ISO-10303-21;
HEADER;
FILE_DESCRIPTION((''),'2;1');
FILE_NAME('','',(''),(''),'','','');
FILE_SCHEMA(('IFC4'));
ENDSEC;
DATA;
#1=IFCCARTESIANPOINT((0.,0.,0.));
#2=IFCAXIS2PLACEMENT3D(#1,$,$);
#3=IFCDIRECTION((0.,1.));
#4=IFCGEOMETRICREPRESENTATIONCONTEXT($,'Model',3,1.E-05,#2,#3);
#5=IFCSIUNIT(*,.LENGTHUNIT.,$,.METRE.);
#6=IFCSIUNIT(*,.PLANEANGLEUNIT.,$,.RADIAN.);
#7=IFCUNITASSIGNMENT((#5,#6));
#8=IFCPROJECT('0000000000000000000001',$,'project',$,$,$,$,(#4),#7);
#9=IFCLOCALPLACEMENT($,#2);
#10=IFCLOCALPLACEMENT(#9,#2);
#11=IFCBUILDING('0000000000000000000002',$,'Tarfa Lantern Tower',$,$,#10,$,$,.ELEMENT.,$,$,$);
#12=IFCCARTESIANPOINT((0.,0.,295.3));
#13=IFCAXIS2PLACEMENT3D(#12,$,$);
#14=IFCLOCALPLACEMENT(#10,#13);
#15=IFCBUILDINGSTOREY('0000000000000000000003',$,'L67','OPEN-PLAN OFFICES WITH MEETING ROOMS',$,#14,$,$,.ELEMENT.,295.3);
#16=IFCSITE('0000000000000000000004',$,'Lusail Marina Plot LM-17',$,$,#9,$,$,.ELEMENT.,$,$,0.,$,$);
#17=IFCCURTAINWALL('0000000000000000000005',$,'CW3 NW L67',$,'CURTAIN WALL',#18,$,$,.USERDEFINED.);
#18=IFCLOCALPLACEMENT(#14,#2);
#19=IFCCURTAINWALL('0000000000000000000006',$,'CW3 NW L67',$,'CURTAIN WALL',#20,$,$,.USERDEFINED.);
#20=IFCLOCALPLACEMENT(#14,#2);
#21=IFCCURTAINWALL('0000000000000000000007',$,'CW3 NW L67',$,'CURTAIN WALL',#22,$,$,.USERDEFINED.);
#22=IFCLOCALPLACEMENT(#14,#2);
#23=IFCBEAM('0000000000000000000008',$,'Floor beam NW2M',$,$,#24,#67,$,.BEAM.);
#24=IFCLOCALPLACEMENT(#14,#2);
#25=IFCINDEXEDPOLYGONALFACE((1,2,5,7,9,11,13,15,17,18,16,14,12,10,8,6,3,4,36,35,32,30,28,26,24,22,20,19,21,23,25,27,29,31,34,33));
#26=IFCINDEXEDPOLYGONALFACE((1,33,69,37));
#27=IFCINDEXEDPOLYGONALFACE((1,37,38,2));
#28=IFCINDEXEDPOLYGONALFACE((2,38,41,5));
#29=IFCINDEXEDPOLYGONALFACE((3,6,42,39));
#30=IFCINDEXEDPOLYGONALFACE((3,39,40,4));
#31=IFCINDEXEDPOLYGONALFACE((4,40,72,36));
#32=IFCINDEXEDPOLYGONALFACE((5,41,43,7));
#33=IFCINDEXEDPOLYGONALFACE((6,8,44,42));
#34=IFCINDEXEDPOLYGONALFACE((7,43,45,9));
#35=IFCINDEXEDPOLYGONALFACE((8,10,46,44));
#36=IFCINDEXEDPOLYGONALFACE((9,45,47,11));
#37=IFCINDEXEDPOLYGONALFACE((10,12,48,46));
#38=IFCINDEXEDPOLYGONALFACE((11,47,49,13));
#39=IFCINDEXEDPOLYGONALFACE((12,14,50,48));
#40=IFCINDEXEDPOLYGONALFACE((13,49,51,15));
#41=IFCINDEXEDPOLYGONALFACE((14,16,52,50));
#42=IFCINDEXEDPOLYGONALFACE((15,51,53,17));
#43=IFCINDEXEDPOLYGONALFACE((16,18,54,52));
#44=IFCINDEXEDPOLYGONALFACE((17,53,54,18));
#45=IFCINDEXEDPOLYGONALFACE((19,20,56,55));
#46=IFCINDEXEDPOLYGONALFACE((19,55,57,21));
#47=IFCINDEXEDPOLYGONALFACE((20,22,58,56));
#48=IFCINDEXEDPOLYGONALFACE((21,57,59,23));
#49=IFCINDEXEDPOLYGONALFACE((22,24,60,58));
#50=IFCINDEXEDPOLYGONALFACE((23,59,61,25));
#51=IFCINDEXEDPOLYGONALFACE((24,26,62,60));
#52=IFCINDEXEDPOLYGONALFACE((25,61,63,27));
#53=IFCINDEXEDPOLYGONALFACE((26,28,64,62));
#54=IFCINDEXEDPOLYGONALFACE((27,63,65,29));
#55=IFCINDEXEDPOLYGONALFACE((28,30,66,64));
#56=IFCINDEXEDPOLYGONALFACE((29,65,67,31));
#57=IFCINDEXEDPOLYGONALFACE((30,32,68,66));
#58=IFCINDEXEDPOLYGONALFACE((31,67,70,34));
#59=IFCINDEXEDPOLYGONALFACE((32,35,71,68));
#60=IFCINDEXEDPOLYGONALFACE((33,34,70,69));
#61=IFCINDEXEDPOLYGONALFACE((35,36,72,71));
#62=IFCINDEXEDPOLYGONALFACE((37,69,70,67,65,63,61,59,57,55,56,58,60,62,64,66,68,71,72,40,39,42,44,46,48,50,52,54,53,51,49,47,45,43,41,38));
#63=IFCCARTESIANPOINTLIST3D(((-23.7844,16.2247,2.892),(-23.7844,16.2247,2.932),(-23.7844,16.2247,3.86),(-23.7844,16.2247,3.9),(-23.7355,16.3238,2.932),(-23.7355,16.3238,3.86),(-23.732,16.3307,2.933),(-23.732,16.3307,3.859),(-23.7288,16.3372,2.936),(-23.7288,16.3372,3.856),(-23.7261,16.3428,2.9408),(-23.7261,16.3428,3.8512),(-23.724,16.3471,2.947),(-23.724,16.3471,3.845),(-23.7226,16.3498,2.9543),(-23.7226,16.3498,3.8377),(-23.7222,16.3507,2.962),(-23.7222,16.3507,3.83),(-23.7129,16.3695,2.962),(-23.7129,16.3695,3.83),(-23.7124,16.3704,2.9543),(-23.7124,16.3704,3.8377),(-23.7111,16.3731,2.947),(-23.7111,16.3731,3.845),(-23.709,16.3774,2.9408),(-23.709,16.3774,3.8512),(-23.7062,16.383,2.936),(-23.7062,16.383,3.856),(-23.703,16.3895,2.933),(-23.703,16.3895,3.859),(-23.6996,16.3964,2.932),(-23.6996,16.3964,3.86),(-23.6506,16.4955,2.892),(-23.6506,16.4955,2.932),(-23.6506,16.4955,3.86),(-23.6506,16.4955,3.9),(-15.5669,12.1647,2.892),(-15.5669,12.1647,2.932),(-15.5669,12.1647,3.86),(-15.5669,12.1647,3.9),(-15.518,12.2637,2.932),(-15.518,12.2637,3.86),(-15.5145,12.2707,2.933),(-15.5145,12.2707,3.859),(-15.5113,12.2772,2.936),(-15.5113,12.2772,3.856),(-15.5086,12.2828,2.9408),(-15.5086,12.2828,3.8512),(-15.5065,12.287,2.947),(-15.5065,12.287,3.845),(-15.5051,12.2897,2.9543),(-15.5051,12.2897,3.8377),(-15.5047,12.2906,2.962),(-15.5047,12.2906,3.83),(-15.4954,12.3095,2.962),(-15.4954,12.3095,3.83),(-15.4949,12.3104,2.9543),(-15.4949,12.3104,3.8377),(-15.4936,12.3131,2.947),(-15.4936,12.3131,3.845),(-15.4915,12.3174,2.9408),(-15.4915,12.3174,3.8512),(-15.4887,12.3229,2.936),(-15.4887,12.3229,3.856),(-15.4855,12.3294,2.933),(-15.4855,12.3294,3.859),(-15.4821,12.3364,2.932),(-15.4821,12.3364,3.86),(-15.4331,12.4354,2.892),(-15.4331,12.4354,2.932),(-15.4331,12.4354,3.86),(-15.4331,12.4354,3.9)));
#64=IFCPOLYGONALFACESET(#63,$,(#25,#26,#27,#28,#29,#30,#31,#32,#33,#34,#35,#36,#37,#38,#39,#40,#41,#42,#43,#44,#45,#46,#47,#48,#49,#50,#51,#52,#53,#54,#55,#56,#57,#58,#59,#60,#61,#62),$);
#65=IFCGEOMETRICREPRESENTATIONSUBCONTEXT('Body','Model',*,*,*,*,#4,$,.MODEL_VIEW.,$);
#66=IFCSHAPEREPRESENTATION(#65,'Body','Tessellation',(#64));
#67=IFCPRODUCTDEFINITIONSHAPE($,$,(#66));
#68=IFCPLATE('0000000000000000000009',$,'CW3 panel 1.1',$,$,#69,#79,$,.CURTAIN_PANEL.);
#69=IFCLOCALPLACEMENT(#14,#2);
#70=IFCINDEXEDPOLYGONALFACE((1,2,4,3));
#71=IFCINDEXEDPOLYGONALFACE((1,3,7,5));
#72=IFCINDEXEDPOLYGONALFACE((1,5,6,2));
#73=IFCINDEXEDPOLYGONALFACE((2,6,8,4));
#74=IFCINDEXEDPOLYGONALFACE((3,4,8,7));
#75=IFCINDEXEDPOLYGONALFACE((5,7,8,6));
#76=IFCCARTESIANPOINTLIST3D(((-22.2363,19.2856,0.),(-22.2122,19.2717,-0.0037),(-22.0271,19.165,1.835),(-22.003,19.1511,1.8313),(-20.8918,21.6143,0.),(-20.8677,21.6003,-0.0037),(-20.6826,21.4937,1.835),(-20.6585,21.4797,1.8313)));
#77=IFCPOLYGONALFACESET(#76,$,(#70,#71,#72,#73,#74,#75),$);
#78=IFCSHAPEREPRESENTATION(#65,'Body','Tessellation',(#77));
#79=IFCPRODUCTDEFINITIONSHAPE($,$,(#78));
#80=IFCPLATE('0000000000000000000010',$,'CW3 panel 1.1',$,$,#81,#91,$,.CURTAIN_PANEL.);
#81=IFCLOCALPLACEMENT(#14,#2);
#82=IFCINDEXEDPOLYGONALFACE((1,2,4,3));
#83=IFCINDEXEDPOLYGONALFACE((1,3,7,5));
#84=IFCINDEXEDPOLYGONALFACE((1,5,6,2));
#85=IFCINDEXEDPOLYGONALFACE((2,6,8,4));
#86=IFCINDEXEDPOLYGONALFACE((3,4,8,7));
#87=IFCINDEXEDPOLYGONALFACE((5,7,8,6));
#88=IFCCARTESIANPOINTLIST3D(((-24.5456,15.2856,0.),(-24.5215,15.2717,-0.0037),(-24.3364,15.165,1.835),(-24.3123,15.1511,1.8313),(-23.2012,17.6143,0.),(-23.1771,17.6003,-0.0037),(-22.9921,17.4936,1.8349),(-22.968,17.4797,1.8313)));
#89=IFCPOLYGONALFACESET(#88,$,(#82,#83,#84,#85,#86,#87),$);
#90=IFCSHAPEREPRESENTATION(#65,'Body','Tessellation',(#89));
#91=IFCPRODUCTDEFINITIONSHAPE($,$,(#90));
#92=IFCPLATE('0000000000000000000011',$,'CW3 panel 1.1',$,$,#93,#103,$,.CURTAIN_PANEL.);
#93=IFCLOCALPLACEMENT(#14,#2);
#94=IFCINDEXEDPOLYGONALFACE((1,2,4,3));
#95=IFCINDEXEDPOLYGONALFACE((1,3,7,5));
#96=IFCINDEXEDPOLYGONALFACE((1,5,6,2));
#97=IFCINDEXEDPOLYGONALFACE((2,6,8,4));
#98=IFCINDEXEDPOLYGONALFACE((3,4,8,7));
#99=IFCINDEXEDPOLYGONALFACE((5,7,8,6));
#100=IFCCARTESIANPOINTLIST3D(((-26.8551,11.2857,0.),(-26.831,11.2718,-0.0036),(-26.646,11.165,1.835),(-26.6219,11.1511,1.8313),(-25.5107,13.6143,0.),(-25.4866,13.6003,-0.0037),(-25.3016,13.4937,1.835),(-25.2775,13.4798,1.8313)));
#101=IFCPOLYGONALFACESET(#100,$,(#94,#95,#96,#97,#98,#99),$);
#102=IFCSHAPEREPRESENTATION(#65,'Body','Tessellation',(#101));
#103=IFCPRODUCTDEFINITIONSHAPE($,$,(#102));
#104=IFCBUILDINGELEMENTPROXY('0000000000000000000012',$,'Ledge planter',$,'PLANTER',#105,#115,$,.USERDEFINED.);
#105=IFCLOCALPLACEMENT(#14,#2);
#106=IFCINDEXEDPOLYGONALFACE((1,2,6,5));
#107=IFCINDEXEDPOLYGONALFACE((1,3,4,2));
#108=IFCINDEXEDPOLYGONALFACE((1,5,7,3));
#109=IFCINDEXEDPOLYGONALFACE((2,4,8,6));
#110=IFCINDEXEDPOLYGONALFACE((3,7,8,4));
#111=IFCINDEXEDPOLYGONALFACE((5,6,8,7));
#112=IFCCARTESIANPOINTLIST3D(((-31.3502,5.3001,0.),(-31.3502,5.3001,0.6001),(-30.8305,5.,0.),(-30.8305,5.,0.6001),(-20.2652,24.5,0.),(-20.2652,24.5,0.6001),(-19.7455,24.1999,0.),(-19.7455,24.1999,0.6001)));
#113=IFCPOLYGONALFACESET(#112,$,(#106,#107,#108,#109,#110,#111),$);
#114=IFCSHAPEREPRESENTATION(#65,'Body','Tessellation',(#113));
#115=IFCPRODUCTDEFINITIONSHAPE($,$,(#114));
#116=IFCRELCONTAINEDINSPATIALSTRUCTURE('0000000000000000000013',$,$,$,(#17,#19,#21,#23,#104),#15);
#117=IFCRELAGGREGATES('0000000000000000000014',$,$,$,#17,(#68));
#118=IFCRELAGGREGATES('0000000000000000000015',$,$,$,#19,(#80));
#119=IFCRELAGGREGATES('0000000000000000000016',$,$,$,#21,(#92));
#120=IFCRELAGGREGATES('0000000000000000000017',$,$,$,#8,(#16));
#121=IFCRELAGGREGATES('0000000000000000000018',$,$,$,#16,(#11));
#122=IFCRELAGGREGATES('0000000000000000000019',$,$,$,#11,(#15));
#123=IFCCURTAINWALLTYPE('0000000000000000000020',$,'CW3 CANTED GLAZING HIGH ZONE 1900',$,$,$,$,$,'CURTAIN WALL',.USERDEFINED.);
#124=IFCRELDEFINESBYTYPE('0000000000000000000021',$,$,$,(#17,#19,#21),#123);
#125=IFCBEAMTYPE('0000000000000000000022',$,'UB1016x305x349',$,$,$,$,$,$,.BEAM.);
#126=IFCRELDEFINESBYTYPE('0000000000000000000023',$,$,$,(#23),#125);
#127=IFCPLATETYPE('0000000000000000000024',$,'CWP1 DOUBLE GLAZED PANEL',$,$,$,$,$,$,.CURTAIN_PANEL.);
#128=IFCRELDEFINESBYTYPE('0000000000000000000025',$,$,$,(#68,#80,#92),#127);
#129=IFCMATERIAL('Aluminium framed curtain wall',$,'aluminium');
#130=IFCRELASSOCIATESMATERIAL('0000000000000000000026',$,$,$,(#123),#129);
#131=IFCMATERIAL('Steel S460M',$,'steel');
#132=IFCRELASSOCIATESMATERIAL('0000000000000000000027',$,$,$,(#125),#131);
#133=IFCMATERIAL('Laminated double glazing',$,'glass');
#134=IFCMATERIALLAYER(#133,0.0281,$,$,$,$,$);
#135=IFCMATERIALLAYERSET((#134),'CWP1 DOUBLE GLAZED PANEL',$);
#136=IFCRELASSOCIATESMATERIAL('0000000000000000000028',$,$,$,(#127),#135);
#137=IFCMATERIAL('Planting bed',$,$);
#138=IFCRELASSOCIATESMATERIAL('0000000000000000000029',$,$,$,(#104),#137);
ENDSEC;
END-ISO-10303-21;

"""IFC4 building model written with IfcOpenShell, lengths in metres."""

from ifc_helpers import new_model, si_unit, direction, frame, origin, origin_2d, place, context, subcontext, project, spatial, polyline, rectangle, i_section, outline, extrude, material, layer, layer_set, material_profile, profile_set, type_object, element, aggregate, save


model = new_model("IFC4")

# Units and contexts
model_context = context("Model", 3, precision=1e-05, world=origin(), true_north=direction((0.0, 1.0)))
body_context = subcontext(model_context, "Body", "Model", "MODEL_VIEW")
ifc_project = project(units=[si_unit("LENGTHUNIT", "METRE"), si_unit("PLANEANGLEUNIT", "RADIAN")], contexts=[model_context])

# Site, building, storey
site_placement = place(None, origin())
site = spatial("IfcSite", under=ifc_project, at=site_placement, Name="Lusail Marina Plot LM-17", CompositionType="ELEMENT", RefElevation=0.0)
building_placement = place(site_placement, origin())
building = spatial("IfcBuilding", under=site, at=building_placement, Name="Tarfa Lantern Tower", CompositionType="ELEMENT")
storey_placement = place(building_placement, frame((0.0, 0.0, 295.3)))
storey = spatial("IfcBuildingStorey", under=building, at=storey_placement, Name="L67", Description="OPEN-PLAN OFFICES WITH MEETING ROOMS", CompositionType="ELEMENT", Elevation=295.3)

# Shared definitions
ifc_material_1 = material(Name="Aluminium framed curtain wall", Category="aluminium")
curtain_wall_type = type_object("IfcCurtainWallType", Name="CW3 CANTED GLAZING HIGH ZONE 1900", ElementType="CURTAIN WALL", PredefinedType="USERDEFINED", material=ifc_material_1)

# Curtain walls
curtain_wall_1_placement = place(storey_placement, origin())
curtain_wall_1 = element("IfcCurtainWall", 1, at=curtain_wall_1_placement, inside=storey, type_object=curtain_wall_type, Name="CW3 NW L67", ObjectType="CURTAIN WALL", PredefinedType="USERDEFINED")
curtain_wall_2_placement = place(storey_placement, origin())
curtain_wall_2 = element("IfcCurtainWall", 2, at=curtain_wall_2_placement, inside=storey, type_object=curtain_wall_type, Name="CW3 NW L67", ObjectType="CURTAIN WALL", PredefinedType="USERDEFINED")

# Curtain wall
curtain_wall_3_placement = place(storey_placement, origin())
curtain_wall_3 = element("IfcCurtainWall", 3, at=curtain_wall_3_placement, inside=storey, type_object=curtain_wall_type, Name="CW3 NW L67", ObjectType="CURTAIN WALL", PredefinedType="USERDEFINED")

# Beam
ifc_material_2 = material(Name="Steel S460M", Category="steel")
ifc_material_profile_1 = material_profile(ifc_material_2, i_section(OverallWidth=0.302, OverallDepth=1.0081, WebThickness=0.021, FlangeThickness=0.04, FilletRadius=0.03, at=origin_2d()), Name="UB1016x305x349")
ifc_profile_set_1 = profile_set([ifc_material_profile_1], Name="Steel S460M")
beam_type_1 = type_object("IfcBeamType", Name="UB1016x305x349", PredefinedType="BEAM", material=ifc_profile_set_1)
beam_1_placement = place(storey_placement, frame((-23.7175, 16.3601, 3.396), z_axis=(0.896543, -0.442957, 0.0), x_axis=(0.442957, 0.896543, 0.0)))
element("IfcBeam", 4, at=beam_1_placement, inside=storey, type_object=beam_type_1, Name="Floor beam NW2M", PredefinedType="BEAM", context=body_context, shape_type="SweptSolid", body=[
    extrude(i_section(OverallWidth=0.302, OverallDepth=1.0081, WebThickness=0.021, FlangeThickness=0.04, FilletRadius=0.03, at=origin_2d()), origin(), (0.0, 0.0, 1.0), 9.1658),
])

# Plates
ifc_material_3 = material(Name="Laminated double glazing", Category="glass")
ifc_layer = layer(ifc_material_3, 0.0281)
ifc_layer_set = layer_set([ifc_layer], Name="CWP1 DOUBLE GLAZED PANEL")
plate_type = type_object("IfcPlateType", Name="CWP1 DOUBLE GLAZED PANEL", PredefinedType="CURTAIN_PANEL", material=ifc_layer_set)
plate_1_placement = place(storey_placement, frame((-20.8918, 21.6143, 0.0), z_axis=(-0.858612, 0.495741, 0.130485), x_axis=(-0.500016, -0.866016, 0.0)))
plate_1 = element("IfcPlate", 5, at=plate_1_placement, type_object=plate_type, Name="CW3 panel 1.1", PredefinedType="CURTAIN_PANEL", context=body_context, shape_type="SweptSolid", body=[
    extrude(outline(polyline([(0.0, 0.0), (2.6889, 0.0), (2.6887, 1.8508), (-0.0002, 1.8508), (0.0, 0.0)])), origin(), (0.0, 0.0, -1.0), 0.0281),
])
aggregate(curtain_wall_1, [plate_1])
plate_2_placement = place(storey_placement, frame((-23.2012, 17.6143, 0.0), z_axis=(-0.858638, 0.495711, 0.130429), x_axis=(-0.499982, -0.866036, -0.000005)))
plate_2 = element("IfcPlate", 6, at=plate_2_placement, type_object=plate_type, Name="CW3 panel 1.1", PredefinedType="CURTAIN_PANEL", context=body_context, shape_type="SweptSolid", body=[
    extrude(outline(polyline([(0.0, 0.0), (2.6889, 0.0), (2.6887, 1.8508), (0.0, 1.8508), (0.0, 0.0)])), origin(), (0.0, 0.0, -1.0), 0.0281),
])
aggregate(curtain_wall_2, [plate_2])
plate_3_placement = place(storey_placement, frame((-25.5107, 13.6143, 0.0), z_axis=(-0.858638, 0.495711, 0.130429), x_axis=(-0.499981, -0.866036, 0.000005)))
plate_3 = element("IfcPlate", 7, at=plate_3_placement, type_object=plate_type, Name="CW3 panel 1.1", PredefinedType="CURTAIN_PANEL", context=body_context, shape_type="SweptSolid", body=[
    extrude(outline(polyline([(0.0, 0.0), (2.6888, 0.0), (2.6887, 1.8508), (-0.0002, 1.8508), (0.0, 0.0)])), origin(), (0.0, 0.0, -1.0), 0.0281),
])
aggregate(curtain_wall_3, [plate_3])

# Building element proxy
ifc_material_4 = material(Name="Planting bed")
proxy_placement = place(storey_placement, frame((-25.5479, 14.75, 0.0), z_axis=(0.0, 0.0, 1.0), x_axis=(-0.5, -0.866025, 0.0)))
element("IfcBuildingElementProxy", 8, at=proxy_placement, inside=storey, material=ifc_material_4, Name="Ledge planter", ObjectType="PLANTER", PredefinedType="USERDEFINED", context=body_context, shape_type="SweptSolid", body=[
    extrude(rectangle(XDim=22.1702, YDim=0.6001, at=origin_2d()), origin(), (0.0, 0.0, 1.0), 0.6001),
])

save(model, "model.ifc")
